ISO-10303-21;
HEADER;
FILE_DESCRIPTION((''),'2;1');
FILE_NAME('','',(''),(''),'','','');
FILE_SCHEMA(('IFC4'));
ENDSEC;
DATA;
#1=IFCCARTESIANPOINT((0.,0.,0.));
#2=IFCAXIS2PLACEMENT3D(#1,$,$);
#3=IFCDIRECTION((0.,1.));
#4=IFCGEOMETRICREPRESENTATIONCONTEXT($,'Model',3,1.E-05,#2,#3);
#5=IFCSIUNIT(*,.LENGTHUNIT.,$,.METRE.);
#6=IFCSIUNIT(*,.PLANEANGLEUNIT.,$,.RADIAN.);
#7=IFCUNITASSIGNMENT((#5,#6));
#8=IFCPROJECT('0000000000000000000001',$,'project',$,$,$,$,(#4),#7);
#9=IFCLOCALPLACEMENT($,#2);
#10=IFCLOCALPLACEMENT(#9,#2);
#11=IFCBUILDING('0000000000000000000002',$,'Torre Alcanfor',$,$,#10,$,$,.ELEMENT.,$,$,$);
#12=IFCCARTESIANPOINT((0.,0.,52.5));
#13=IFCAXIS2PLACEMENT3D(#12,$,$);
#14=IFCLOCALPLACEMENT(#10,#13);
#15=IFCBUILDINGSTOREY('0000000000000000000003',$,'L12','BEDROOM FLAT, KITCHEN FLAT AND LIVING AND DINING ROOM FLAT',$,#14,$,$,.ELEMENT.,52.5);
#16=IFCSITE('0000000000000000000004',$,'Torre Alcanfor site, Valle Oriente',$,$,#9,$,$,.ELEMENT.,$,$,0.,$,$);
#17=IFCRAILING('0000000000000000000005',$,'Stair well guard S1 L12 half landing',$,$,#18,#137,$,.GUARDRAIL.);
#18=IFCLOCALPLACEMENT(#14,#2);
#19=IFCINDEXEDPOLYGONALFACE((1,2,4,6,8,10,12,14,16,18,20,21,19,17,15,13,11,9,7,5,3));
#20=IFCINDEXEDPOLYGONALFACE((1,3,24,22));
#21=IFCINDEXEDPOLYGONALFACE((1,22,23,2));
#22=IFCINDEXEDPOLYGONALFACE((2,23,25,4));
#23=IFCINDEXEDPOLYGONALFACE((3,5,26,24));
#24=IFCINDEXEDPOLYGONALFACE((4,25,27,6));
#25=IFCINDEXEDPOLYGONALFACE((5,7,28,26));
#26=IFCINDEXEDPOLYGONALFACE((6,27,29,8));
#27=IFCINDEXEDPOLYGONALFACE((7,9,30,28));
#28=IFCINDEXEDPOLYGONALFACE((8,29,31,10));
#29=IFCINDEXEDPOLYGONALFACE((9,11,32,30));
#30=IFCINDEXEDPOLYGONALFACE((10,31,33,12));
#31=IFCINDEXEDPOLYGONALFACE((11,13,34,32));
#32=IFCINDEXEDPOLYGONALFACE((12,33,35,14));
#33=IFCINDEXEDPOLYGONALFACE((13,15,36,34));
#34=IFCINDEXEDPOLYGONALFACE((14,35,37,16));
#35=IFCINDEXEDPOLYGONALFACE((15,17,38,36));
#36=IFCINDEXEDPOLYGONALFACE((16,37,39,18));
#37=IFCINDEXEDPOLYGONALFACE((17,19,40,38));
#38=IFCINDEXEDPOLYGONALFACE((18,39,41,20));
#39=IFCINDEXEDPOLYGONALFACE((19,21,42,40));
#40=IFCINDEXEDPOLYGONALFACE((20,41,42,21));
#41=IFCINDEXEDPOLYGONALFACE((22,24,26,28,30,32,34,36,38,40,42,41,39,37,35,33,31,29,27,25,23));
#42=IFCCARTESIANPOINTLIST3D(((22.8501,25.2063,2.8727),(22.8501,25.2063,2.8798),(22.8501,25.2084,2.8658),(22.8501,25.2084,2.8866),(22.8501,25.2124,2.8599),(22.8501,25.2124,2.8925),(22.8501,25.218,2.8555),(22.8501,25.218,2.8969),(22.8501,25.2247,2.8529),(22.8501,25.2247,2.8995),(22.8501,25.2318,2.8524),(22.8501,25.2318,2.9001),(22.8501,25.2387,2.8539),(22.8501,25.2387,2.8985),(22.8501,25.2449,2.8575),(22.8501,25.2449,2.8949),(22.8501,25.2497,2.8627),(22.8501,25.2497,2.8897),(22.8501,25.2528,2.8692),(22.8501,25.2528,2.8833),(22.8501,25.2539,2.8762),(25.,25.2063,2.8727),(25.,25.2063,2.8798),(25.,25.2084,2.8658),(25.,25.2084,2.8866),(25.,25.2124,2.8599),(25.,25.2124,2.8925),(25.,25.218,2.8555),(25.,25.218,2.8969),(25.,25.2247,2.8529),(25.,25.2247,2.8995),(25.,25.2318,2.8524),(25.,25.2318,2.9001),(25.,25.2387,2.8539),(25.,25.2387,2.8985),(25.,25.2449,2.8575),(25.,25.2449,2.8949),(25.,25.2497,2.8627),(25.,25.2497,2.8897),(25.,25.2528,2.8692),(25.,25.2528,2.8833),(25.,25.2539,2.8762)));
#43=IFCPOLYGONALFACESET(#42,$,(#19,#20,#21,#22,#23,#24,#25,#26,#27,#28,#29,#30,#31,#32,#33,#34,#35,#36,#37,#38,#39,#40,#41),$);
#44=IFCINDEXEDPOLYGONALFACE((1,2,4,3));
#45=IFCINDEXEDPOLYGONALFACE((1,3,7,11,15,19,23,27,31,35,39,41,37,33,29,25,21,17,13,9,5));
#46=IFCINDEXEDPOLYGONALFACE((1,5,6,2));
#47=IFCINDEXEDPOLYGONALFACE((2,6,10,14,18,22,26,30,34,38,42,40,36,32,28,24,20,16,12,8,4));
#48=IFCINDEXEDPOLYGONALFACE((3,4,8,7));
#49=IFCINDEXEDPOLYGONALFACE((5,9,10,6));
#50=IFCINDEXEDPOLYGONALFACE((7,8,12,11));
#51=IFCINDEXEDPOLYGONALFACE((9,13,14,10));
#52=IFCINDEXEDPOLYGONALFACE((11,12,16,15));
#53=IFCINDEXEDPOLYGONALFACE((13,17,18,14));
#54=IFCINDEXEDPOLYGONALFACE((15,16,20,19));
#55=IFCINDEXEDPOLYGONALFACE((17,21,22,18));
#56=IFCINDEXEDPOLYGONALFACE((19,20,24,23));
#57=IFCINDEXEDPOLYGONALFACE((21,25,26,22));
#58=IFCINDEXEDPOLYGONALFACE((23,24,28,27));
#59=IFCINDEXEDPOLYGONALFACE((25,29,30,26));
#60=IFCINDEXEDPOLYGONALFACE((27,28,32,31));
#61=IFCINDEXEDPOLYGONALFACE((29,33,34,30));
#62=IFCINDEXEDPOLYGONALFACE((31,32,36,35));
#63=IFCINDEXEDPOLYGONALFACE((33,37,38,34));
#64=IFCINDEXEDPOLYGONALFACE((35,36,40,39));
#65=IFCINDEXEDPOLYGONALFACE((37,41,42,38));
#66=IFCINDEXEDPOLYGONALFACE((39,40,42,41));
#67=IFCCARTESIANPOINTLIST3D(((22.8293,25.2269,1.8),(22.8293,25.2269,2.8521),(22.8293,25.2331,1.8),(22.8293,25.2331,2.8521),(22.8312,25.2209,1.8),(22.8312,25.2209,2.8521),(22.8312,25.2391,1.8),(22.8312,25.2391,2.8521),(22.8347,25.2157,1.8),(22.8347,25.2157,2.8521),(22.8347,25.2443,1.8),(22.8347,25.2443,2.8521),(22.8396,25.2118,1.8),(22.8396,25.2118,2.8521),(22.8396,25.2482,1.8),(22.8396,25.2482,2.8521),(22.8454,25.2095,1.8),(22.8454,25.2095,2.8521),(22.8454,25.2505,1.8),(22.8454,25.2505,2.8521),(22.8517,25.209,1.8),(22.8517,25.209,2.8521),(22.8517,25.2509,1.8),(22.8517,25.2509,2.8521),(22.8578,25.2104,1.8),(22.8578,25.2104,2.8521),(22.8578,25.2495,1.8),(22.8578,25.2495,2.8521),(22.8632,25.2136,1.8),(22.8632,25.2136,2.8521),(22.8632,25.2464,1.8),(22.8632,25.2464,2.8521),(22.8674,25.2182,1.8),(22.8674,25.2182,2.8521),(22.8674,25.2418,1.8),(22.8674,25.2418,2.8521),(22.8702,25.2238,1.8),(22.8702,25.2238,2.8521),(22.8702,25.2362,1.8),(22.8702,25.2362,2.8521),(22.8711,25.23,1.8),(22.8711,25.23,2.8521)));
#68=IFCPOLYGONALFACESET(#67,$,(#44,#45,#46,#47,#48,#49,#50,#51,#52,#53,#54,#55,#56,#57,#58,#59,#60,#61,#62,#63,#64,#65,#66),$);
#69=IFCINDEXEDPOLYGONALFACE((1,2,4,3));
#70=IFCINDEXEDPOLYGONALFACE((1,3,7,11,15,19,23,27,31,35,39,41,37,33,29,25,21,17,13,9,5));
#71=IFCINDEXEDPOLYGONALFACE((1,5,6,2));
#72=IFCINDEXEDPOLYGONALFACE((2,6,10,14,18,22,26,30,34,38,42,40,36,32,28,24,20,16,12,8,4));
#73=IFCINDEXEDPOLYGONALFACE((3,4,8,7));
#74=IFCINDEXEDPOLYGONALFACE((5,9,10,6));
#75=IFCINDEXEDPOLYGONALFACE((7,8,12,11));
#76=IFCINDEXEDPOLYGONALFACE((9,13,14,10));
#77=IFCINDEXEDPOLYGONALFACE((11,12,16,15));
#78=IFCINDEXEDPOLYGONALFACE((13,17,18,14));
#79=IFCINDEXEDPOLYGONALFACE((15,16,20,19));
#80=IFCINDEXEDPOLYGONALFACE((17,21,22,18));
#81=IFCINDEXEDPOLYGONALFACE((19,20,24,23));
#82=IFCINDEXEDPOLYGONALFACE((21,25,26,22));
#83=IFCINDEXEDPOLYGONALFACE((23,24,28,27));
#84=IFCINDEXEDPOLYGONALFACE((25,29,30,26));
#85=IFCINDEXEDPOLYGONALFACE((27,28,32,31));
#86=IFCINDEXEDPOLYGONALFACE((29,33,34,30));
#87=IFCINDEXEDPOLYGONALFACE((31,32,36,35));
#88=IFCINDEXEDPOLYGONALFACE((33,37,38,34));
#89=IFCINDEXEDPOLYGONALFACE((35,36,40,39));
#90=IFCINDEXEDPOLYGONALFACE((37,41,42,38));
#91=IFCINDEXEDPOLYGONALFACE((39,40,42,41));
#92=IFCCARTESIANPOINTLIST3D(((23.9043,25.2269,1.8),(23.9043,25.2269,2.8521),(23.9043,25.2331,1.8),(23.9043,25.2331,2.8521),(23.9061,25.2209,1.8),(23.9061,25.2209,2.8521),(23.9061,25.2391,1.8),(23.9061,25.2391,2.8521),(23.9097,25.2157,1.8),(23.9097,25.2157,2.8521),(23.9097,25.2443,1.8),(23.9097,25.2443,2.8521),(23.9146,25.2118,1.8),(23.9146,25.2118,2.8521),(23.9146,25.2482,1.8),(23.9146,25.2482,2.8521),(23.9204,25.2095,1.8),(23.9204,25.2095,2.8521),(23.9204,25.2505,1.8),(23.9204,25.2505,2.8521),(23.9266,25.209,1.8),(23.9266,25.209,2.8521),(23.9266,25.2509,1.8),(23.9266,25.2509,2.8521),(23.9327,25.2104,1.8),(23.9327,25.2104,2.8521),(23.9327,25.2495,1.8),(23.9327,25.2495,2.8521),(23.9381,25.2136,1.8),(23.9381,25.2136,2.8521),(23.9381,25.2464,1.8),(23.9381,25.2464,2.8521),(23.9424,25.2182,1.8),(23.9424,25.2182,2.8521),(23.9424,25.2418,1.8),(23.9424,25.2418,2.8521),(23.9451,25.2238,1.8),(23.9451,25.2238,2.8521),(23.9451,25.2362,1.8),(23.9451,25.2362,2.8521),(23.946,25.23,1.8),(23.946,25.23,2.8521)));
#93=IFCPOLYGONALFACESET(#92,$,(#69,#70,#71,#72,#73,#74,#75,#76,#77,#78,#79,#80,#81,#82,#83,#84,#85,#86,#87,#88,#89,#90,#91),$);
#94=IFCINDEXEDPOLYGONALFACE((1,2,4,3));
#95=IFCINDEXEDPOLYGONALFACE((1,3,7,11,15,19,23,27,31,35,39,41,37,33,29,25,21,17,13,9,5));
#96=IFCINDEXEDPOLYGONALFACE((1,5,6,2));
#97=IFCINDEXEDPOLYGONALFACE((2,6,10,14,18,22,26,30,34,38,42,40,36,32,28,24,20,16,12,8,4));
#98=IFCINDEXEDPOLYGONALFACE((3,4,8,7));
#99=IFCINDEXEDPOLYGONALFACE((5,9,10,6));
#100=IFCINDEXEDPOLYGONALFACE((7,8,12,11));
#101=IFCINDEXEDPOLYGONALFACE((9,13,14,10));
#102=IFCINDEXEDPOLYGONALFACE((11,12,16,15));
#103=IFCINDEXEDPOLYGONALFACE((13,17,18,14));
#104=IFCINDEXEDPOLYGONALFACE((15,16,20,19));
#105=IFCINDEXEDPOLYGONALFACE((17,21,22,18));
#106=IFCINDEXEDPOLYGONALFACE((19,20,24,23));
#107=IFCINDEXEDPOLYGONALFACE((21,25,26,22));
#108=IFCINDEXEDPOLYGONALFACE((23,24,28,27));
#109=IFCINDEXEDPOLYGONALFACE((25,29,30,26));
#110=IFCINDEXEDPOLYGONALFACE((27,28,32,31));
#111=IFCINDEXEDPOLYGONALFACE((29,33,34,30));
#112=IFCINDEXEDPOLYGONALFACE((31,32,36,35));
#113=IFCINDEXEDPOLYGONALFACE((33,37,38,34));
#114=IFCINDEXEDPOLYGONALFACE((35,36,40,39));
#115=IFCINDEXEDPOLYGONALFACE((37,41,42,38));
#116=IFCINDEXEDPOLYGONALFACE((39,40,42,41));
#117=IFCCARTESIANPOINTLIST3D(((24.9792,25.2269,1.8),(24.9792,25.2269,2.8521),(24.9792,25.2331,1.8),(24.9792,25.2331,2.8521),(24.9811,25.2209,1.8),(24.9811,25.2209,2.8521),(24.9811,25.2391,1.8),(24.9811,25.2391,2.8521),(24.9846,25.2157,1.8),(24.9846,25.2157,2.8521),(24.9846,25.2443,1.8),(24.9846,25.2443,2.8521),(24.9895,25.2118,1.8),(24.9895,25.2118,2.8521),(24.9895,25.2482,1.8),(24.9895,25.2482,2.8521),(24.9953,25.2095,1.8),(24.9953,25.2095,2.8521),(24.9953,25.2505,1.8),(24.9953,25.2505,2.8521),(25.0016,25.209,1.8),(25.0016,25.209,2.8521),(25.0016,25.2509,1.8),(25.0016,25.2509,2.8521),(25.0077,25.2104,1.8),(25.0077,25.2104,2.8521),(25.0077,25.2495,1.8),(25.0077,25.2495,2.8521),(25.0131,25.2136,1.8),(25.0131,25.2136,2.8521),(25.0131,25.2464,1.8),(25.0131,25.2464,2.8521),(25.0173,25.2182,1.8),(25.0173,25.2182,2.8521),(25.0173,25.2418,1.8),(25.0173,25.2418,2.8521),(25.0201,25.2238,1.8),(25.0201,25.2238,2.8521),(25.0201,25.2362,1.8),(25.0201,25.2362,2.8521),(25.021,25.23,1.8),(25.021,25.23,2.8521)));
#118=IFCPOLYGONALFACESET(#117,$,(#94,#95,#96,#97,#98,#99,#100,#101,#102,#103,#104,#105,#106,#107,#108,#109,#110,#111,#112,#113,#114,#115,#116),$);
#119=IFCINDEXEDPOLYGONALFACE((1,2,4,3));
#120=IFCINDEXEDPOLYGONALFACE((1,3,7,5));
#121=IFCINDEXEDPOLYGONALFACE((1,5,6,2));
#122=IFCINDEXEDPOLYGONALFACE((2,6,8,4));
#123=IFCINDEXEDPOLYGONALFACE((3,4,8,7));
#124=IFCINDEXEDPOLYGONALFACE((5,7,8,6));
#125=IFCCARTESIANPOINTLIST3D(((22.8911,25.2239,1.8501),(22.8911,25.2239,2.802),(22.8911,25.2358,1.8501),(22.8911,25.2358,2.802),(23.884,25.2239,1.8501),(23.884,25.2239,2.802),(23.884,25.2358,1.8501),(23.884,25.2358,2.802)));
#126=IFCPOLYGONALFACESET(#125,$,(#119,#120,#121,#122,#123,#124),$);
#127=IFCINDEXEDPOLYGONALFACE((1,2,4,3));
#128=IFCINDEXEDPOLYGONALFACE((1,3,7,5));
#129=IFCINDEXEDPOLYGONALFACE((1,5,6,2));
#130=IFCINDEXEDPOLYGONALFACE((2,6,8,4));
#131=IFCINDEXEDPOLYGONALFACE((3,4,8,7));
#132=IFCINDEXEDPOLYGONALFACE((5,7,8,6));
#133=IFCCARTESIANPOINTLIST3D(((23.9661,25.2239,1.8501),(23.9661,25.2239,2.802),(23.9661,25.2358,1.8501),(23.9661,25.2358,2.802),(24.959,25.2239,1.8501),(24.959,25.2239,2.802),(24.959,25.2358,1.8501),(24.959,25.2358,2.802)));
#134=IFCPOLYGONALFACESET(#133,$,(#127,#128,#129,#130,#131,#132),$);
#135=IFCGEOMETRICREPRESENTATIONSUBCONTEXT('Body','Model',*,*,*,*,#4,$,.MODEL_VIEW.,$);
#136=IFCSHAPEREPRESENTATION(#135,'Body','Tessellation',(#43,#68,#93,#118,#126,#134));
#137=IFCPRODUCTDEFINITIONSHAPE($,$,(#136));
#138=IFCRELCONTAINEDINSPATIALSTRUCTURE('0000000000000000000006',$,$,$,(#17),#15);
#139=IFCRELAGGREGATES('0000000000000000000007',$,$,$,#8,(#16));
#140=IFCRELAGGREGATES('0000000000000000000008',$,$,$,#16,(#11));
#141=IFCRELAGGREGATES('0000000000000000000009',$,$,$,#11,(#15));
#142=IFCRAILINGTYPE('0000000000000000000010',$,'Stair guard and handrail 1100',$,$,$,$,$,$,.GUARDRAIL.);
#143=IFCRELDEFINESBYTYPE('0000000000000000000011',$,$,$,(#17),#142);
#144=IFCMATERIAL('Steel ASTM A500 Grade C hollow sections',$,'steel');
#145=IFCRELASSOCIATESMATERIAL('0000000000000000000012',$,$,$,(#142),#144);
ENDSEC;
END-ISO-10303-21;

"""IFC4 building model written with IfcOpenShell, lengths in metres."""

from ifc_helpers import new_model, si_unit, direction, frame, origin, origin_2d, place, context, subcontext, project, spatial, polyline, circle, outline, extrude, material, type_object, element, save


model = new_model("IFC4")

# Units and contexts
model_context = context("Model", 3, precision=1e-05, world=origin(), true_north=direction((0.0, 1.0)))
body_context = subcontext(model_context, "Body", "Model", "MODEL_VIEW")
ifc_project = project(units=[si_unit("LENGTHUNIT", "METRE"), si_unit("PLANEANGLEUNIT", "RADIAN")], contexts=[model_context])

# Site, building, storey
site_placement = place(None, origin())
site = spatial("IfcSite", under=ifc_project, at=site_placement, Name="Torre Alcanfor site, Valle Oriente", CompositionType="ELEMENT", RefElevation=0.0)
building_placement = place(site_placement, origin())
building = spatial("IfcBuilding", under=site, at=building_placement, Name="Torre Alcanfor", CompositionType="ELEMENT")
storey_placement = place(building_placement, frame((0.0, 0.0, 52.5)))
storey = spatial("IfcBuildingStorey", under=building, at=storey_placement, Name="L12", Description="BEDROOM FLAT, KITCHEN FLAT AND LIVING AND DINING ROOM FLAT", CompositionType="ELEMENT", Elevation=52.5)

# Railing
ifc_material_1 = material(Name="Steel ASTM A500 Grade C hollow sections", Category="steel")
railing_type_1 = type_object("IfcRailingType", Name="Stair guard and handrail 1100", PredefinedType="GUARDRAIL", material=ifc_material_1)
railing_1_placement = place(storey_placement, frame((22.8501, 25.23, 1.8)))
element("IfcRailing", 1, at=railing_1_placement, inside=storey, type_object=railing_type_1, Name="Stair well guard S1 L12 half landing", PredefinedType="GUARDRAIL", context=body_context, shape_type="SweptSolid", body=[
    extrude(circle(Radius=0.0239, at=origin_2d()), frame((0.0, 0.0, 1.0762), z_axis=(1.0, 0.0, 0.0), x_axis=(0.0, 1.0, 0.0)), (0.0, 0.0, 1.0), 2.1499),
    extrude(circle(Radius=0.021, at=origin_2d()), origin(), (0.0, 0.0, 1.0), 1.052),
    extrude(circle(Radius=0.021, at=origin_2d()), frame((1.075, 0.0, 0.0)), (0.0, 0.0, 1.0), 1.052),
    extrude(circle(Radius=0.021, at=origin_2d()), frame((2.1499, 0.0, 0.0)), (0.0, 0.0, 1.0), 1.052),
    extrude(outline(polyline([(0.041, 0.05), (1.0339, 0.05), (1.0339, 1.002), (0.041, 1.002), (0.041, 0.05)])), frame((0.0, 0.0059, 0.0), z_axis=(0.0, -1.0, 0.0), x_axis=(1.0, 0.0, 0.0)), (0.0, 0.0, 1.0), 0.012),
    extrude(outline(polyline([(1.116, 0.05), (2.1089, 0.05), (2.1089, 1.002), (1.116, 1.002), (1.116, 0.05)])), frame((0.0, 0.0059, 0.0), z_axis=(0.0, -1.0, 0.0), x_axis=(1.0, 0.0, 0.0)), (0.0, 0.0, 1.0), 0.012),
])

save(model, "model.ifc")
